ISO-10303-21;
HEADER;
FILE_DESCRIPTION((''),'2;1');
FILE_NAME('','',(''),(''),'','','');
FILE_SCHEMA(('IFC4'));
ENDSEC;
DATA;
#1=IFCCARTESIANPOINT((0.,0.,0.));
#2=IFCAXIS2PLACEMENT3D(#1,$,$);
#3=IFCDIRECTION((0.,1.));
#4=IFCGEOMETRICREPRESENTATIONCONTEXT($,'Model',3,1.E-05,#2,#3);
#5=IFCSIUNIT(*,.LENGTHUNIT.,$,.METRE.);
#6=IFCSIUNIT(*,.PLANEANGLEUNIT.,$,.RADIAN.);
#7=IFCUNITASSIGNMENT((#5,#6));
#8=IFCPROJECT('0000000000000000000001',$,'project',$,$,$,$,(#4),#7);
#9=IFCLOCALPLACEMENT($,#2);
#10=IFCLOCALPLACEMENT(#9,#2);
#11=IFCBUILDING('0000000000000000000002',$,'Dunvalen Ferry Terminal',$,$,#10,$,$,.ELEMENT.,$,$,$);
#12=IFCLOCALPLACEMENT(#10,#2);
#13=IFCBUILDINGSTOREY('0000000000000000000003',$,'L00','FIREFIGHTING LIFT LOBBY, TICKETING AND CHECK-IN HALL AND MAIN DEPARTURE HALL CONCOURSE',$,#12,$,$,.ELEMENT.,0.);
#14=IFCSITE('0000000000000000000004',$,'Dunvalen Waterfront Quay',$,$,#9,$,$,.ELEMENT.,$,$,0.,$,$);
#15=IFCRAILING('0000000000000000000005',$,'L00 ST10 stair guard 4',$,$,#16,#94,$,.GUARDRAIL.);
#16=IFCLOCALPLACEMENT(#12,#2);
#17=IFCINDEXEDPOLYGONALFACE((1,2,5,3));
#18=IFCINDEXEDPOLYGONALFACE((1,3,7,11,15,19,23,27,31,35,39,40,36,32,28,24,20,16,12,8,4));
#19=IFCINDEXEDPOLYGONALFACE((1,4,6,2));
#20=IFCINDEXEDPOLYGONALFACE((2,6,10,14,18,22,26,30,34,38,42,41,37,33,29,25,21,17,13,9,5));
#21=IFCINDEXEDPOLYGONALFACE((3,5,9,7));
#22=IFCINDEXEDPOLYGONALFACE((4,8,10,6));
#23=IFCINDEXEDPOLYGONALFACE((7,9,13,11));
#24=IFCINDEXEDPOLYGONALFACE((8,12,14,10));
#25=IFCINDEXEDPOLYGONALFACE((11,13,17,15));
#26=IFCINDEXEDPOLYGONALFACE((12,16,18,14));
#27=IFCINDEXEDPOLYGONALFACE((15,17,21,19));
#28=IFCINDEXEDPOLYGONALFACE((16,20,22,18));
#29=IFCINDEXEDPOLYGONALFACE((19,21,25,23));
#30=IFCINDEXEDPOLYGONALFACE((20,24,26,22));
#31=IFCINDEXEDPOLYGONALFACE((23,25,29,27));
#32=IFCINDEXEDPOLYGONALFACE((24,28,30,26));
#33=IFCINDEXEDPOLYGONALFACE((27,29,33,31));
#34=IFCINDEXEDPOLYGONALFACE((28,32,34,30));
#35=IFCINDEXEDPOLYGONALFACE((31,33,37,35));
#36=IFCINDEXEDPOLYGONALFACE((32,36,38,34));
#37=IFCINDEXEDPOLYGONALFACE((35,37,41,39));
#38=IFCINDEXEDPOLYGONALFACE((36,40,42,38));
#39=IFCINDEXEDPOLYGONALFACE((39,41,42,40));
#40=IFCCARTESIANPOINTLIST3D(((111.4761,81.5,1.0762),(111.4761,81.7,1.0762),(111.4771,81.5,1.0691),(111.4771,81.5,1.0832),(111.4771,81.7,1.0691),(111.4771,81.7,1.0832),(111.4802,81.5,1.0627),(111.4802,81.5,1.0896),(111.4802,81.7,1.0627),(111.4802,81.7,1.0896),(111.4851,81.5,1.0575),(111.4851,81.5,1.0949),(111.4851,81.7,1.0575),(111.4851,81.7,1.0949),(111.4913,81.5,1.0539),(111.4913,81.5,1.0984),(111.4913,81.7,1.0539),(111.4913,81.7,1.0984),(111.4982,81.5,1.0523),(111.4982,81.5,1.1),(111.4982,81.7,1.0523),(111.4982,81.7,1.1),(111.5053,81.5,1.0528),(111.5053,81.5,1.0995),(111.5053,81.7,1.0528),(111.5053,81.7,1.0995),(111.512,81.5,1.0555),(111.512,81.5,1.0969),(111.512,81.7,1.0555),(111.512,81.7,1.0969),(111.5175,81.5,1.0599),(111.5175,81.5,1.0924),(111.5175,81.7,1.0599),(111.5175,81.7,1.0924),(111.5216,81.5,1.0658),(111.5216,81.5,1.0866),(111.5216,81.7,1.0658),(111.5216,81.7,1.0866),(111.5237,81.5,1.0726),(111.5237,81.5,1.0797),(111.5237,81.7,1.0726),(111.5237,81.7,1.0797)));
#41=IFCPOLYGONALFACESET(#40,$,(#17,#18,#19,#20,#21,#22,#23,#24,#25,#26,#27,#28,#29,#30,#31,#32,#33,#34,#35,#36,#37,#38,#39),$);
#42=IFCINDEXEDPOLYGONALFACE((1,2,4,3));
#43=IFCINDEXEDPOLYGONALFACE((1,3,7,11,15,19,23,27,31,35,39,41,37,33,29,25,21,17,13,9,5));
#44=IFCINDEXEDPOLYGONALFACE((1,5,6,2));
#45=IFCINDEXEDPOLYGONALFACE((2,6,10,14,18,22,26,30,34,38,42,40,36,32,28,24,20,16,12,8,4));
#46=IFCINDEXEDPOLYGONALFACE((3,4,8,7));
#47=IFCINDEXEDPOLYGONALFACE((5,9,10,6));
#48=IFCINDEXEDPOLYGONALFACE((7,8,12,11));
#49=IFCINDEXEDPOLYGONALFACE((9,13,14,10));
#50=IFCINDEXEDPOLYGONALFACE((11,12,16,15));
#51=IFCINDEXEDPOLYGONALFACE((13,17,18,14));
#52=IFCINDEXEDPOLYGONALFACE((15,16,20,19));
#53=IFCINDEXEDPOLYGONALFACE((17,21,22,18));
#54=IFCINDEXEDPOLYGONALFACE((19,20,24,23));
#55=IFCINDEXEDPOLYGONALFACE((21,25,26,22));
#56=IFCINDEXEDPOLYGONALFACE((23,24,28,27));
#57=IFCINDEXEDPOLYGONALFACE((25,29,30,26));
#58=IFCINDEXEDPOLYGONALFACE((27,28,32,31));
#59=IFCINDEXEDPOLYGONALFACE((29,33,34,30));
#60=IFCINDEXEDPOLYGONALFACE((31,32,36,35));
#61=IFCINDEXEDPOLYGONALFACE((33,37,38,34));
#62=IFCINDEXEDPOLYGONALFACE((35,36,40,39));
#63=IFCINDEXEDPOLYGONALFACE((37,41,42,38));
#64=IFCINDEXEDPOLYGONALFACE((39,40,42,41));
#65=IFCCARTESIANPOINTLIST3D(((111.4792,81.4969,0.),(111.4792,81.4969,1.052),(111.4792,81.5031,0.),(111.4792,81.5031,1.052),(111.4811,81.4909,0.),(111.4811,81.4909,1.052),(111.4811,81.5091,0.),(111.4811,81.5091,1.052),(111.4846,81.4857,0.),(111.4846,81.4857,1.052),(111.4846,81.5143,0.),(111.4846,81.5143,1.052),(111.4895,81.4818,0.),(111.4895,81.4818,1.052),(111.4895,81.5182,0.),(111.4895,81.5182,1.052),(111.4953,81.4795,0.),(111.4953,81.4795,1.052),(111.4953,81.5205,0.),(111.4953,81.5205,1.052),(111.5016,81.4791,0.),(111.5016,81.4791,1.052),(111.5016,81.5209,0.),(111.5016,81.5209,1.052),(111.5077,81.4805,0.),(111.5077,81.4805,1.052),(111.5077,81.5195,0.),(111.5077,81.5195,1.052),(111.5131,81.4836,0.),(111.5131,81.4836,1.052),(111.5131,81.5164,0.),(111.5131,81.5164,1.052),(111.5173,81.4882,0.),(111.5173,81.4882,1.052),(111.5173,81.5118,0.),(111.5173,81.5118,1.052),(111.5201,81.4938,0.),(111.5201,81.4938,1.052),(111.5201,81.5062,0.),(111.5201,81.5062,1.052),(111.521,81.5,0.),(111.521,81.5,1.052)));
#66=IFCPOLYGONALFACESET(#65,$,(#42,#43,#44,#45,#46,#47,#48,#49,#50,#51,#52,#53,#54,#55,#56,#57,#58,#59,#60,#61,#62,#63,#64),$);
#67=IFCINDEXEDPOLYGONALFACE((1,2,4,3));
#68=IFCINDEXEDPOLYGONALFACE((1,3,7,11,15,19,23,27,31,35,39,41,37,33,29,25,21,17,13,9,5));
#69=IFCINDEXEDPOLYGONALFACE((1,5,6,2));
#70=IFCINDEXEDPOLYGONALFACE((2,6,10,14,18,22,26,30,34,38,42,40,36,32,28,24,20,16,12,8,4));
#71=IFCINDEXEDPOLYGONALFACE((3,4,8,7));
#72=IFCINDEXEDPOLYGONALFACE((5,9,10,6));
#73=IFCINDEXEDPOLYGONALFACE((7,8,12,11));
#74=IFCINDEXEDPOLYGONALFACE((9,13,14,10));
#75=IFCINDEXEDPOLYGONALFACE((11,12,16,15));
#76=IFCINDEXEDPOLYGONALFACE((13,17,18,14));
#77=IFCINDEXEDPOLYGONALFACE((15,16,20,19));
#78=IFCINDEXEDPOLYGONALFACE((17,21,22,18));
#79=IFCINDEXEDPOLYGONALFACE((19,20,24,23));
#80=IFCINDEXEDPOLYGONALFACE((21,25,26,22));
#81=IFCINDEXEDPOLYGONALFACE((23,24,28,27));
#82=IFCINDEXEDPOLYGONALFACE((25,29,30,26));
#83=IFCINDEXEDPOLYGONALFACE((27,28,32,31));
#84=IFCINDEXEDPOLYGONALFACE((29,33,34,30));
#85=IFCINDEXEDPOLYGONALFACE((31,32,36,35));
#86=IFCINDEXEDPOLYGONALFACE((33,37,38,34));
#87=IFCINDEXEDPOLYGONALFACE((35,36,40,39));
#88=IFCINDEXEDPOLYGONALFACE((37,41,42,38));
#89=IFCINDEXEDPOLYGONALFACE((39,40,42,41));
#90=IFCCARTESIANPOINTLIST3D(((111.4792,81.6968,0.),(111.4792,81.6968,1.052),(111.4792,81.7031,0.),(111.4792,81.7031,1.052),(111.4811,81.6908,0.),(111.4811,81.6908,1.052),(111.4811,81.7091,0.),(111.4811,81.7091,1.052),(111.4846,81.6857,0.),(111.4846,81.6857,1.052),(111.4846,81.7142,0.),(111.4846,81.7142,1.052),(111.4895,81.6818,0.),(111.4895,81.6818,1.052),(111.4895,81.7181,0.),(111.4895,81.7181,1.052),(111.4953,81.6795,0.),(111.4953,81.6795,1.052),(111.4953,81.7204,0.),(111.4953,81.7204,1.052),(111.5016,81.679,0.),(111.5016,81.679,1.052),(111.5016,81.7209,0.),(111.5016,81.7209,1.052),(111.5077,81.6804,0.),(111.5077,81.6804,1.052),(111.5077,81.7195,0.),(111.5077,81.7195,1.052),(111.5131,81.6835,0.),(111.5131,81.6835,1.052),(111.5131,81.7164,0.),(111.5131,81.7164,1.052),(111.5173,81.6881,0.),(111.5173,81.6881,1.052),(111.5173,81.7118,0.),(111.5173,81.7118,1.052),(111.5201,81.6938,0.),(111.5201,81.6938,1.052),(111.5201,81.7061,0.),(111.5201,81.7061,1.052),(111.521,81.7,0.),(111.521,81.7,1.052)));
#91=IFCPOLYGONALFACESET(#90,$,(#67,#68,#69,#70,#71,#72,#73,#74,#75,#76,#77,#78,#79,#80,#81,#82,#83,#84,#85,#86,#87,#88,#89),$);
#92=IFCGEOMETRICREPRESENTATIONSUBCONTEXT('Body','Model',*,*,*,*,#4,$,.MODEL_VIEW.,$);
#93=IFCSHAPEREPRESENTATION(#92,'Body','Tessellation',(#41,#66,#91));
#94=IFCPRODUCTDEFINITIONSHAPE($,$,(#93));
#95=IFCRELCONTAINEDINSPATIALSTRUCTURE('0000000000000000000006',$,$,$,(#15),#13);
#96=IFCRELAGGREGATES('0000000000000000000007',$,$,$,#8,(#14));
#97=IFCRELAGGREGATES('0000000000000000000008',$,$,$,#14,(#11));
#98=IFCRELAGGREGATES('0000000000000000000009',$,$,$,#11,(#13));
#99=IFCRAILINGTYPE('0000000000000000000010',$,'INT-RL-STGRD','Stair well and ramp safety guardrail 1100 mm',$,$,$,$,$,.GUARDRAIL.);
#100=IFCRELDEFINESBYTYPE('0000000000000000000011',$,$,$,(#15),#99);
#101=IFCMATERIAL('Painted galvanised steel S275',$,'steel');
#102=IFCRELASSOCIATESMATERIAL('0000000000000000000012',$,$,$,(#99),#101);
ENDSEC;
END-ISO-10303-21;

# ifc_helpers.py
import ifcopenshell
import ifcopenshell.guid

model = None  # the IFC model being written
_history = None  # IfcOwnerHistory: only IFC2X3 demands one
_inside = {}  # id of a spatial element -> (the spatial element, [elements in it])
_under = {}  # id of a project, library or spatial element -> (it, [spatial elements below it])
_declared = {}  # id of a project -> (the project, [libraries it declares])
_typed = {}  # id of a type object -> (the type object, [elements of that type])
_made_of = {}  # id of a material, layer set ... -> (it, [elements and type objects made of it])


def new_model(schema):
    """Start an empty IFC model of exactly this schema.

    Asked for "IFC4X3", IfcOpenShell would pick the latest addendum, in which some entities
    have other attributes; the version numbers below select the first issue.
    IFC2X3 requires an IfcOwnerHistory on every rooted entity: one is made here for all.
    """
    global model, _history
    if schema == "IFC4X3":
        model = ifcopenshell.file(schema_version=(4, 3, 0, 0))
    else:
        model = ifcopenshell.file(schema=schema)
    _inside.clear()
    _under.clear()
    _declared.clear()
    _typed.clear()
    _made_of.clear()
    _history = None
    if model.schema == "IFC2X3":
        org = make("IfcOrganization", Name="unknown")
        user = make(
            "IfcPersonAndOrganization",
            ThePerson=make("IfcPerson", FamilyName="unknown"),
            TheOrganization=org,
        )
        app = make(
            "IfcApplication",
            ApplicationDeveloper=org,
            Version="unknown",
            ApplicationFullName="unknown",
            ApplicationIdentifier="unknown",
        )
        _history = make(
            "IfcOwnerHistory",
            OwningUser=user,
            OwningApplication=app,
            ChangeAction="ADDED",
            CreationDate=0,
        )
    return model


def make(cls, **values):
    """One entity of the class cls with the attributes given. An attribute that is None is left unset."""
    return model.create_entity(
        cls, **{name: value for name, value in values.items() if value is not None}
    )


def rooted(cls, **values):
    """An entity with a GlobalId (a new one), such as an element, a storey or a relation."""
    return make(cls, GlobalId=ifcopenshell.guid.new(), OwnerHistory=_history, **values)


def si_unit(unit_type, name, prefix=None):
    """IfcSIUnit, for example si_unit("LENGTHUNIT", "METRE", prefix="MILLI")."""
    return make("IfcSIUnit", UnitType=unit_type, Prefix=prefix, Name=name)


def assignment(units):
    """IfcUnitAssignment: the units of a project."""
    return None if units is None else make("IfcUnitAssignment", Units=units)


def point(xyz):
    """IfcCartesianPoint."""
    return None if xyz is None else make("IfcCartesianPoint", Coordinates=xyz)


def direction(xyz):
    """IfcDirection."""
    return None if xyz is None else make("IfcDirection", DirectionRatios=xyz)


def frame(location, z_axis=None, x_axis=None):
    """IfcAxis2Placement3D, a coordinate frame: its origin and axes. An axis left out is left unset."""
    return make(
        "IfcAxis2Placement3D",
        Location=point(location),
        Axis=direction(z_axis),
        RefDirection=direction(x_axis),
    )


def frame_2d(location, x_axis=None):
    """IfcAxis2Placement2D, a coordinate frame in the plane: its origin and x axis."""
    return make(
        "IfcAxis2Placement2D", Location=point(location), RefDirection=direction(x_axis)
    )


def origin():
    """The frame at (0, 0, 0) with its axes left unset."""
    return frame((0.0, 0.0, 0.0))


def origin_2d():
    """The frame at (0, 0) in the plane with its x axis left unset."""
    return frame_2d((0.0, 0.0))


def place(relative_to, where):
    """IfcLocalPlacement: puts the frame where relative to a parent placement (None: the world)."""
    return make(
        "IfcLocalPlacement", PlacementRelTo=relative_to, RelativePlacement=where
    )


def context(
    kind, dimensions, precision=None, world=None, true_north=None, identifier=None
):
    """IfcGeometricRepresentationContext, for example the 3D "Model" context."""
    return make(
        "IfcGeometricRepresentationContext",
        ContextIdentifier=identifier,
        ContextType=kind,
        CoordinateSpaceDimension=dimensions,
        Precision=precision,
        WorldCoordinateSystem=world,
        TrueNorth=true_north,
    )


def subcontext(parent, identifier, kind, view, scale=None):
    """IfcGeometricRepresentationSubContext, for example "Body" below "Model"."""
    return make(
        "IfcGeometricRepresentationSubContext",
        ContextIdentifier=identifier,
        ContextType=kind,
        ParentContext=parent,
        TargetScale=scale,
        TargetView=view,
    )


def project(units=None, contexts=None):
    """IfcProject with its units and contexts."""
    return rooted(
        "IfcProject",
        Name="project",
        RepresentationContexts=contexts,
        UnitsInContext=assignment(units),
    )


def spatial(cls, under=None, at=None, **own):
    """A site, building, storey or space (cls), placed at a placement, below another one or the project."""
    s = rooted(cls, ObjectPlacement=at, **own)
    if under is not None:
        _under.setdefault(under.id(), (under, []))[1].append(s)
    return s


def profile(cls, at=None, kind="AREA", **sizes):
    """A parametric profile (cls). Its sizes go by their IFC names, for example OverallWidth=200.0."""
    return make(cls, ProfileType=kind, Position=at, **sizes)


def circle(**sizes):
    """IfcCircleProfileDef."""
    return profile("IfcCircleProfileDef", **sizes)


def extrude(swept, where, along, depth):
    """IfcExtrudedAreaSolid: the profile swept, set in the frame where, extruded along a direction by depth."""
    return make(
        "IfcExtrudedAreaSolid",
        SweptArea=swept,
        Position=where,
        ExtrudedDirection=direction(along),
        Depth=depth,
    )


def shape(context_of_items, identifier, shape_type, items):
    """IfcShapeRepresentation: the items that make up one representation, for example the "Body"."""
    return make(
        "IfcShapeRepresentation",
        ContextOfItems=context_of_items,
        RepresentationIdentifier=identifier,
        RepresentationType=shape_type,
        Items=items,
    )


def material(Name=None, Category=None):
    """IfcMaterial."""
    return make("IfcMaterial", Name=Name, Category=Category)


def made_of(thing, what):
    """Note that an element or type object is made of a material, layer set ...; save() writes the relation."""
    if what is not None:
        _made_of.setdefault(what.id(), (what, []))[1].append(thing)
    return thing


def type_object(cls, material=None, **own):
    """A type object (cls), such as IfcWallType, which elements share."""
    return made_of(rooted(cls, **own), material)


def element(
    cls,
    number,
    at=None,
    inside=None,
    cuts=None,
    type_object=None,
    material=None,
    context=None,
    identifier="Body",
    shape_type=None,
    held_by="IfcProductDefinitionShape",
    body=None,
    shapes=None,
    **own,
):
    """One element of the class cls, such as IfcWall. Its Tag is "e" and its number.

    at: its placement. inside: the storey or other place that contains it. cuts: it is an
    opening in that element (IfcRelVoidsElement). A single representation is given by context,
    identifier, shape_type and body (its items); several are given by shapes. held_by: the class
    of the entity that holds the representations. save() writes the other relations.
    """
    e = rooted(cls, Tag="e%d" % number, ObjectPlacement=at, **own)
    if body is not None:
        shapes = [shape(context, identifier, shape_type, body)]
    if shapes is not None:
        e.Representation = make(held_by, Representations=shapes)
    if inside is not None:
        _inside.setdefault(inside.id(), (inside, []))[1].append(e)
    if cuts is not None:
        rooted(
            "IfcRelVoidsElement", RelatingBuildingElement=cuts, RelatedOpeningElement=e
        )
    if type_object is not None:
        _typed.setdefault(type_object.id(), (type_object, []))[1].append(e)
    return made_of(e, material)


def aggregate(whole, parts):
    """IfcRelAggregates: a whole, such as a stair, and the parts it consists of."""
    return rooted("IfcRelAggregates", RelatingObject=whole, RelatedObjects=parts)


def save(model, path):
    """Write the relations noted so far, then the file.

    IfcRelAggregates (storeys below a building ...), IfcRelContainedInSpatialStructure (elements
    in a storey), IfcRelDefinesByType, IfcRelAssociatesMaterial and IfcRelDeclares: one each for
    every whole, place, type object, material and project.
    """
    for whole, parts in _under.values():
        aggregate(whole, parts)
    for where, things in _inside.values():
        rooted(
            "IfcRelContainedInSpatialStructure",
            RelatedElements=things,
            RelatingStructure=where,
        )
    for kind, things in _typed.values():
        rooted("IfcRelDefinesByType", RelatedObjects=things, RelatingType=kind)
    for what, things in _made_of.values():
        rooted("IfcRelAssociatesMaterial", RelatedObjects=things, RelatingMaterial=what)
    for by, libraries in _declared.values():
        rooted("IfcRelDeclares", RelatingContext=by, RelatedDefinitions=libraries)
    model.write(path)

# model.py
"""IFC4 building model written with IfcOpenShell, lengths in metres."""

from ifc_helpers import new_model, si_unit, direction, frame, origin, origin_2d, place, context, subcontext, project, spatial, circle, extrude, material, type_object, element, save


model = new_model("IFC4")

# Units and contexts
model_context = context("Model", 3, precision=1e-05, world=origin(), true_north=direction((0.0, 1.0)))
body_context = subcontext(model_context, "Body", "Model", "MODEL_VIEW")
ifc_project = project(units=[si_unit("LENGTHUNIT", "METRE"), si_unit("PLANEANGLEUNIT", "RADIAN")], contexts=[model_context])

# Site, building, storey
site_placement = place(None, origin())
site = spatial("IfcSite", under=ifc_project, at=site_placement, Name="Dunvalen Waterfront Quay", CompositionType="ELEMENT", RefElevation=0.0)
building_placement = place(site_placement, origin())
building = spatial("IfcBuilding", under=site, at=building_placement, Name="Dunvalen Ferry Terminal", CompositionType="ELEMENT")
storey_placement = place(building_placement, origin())
storey = spatial("IfcBuildingStorey", under=building, at=storey_placement, Name="L00", Description="FIREFIGHTING LIFT LOBBY, TICKETING AND CHECK-IN HALL AND MAIN DEPARTURE HALL CONCOURSE", CompositionType="ELEMENT", Elevation=0.0)

# Railing
ifc_material_1 = material(Name="Painted galvanised steel S275", Category="steel")
railing_type_1 = type_object("IfcRailingType", Name="INT-RL-STGRD", Description="Stair well and ramp safety guardrail 1100 mm", PredefinedType="GUARDRAIL", material=ifc_material_1)
railing_1_placement = place(storey_placement, frame((111.5, 81.5, 0.0)))
element("IfcRailing", 1, at=railing_1_placement, inside=storey, type_object=railing_type_1, Name="L00 ST10 stair guard 4", PredefinedType="GUARDRAIL", context=body_context, shape_type="SweptSolid", body=[
    extrude(circle(Radius=0.0239, at=origin_2d()), frame((0.0, 0.0, 1.0762), z_axis=(0.0, 1.0, 0.0), x_axis=(-1.0, 0.0, 0.0)), (0.0, 0.0, 1.0), 0.2),
    extrude(circle(Radius=0.021, at=origin_2d()), origin(), (0.0, 0.0, 1.0), 1.052),
    extrude(circle(Radius=0.021, at=origin_2d()), frame((0.0, 0.2, 0.0)), (0.0, 0.0, 1.0), 1.052),
])

save(model, "model.ifc")
